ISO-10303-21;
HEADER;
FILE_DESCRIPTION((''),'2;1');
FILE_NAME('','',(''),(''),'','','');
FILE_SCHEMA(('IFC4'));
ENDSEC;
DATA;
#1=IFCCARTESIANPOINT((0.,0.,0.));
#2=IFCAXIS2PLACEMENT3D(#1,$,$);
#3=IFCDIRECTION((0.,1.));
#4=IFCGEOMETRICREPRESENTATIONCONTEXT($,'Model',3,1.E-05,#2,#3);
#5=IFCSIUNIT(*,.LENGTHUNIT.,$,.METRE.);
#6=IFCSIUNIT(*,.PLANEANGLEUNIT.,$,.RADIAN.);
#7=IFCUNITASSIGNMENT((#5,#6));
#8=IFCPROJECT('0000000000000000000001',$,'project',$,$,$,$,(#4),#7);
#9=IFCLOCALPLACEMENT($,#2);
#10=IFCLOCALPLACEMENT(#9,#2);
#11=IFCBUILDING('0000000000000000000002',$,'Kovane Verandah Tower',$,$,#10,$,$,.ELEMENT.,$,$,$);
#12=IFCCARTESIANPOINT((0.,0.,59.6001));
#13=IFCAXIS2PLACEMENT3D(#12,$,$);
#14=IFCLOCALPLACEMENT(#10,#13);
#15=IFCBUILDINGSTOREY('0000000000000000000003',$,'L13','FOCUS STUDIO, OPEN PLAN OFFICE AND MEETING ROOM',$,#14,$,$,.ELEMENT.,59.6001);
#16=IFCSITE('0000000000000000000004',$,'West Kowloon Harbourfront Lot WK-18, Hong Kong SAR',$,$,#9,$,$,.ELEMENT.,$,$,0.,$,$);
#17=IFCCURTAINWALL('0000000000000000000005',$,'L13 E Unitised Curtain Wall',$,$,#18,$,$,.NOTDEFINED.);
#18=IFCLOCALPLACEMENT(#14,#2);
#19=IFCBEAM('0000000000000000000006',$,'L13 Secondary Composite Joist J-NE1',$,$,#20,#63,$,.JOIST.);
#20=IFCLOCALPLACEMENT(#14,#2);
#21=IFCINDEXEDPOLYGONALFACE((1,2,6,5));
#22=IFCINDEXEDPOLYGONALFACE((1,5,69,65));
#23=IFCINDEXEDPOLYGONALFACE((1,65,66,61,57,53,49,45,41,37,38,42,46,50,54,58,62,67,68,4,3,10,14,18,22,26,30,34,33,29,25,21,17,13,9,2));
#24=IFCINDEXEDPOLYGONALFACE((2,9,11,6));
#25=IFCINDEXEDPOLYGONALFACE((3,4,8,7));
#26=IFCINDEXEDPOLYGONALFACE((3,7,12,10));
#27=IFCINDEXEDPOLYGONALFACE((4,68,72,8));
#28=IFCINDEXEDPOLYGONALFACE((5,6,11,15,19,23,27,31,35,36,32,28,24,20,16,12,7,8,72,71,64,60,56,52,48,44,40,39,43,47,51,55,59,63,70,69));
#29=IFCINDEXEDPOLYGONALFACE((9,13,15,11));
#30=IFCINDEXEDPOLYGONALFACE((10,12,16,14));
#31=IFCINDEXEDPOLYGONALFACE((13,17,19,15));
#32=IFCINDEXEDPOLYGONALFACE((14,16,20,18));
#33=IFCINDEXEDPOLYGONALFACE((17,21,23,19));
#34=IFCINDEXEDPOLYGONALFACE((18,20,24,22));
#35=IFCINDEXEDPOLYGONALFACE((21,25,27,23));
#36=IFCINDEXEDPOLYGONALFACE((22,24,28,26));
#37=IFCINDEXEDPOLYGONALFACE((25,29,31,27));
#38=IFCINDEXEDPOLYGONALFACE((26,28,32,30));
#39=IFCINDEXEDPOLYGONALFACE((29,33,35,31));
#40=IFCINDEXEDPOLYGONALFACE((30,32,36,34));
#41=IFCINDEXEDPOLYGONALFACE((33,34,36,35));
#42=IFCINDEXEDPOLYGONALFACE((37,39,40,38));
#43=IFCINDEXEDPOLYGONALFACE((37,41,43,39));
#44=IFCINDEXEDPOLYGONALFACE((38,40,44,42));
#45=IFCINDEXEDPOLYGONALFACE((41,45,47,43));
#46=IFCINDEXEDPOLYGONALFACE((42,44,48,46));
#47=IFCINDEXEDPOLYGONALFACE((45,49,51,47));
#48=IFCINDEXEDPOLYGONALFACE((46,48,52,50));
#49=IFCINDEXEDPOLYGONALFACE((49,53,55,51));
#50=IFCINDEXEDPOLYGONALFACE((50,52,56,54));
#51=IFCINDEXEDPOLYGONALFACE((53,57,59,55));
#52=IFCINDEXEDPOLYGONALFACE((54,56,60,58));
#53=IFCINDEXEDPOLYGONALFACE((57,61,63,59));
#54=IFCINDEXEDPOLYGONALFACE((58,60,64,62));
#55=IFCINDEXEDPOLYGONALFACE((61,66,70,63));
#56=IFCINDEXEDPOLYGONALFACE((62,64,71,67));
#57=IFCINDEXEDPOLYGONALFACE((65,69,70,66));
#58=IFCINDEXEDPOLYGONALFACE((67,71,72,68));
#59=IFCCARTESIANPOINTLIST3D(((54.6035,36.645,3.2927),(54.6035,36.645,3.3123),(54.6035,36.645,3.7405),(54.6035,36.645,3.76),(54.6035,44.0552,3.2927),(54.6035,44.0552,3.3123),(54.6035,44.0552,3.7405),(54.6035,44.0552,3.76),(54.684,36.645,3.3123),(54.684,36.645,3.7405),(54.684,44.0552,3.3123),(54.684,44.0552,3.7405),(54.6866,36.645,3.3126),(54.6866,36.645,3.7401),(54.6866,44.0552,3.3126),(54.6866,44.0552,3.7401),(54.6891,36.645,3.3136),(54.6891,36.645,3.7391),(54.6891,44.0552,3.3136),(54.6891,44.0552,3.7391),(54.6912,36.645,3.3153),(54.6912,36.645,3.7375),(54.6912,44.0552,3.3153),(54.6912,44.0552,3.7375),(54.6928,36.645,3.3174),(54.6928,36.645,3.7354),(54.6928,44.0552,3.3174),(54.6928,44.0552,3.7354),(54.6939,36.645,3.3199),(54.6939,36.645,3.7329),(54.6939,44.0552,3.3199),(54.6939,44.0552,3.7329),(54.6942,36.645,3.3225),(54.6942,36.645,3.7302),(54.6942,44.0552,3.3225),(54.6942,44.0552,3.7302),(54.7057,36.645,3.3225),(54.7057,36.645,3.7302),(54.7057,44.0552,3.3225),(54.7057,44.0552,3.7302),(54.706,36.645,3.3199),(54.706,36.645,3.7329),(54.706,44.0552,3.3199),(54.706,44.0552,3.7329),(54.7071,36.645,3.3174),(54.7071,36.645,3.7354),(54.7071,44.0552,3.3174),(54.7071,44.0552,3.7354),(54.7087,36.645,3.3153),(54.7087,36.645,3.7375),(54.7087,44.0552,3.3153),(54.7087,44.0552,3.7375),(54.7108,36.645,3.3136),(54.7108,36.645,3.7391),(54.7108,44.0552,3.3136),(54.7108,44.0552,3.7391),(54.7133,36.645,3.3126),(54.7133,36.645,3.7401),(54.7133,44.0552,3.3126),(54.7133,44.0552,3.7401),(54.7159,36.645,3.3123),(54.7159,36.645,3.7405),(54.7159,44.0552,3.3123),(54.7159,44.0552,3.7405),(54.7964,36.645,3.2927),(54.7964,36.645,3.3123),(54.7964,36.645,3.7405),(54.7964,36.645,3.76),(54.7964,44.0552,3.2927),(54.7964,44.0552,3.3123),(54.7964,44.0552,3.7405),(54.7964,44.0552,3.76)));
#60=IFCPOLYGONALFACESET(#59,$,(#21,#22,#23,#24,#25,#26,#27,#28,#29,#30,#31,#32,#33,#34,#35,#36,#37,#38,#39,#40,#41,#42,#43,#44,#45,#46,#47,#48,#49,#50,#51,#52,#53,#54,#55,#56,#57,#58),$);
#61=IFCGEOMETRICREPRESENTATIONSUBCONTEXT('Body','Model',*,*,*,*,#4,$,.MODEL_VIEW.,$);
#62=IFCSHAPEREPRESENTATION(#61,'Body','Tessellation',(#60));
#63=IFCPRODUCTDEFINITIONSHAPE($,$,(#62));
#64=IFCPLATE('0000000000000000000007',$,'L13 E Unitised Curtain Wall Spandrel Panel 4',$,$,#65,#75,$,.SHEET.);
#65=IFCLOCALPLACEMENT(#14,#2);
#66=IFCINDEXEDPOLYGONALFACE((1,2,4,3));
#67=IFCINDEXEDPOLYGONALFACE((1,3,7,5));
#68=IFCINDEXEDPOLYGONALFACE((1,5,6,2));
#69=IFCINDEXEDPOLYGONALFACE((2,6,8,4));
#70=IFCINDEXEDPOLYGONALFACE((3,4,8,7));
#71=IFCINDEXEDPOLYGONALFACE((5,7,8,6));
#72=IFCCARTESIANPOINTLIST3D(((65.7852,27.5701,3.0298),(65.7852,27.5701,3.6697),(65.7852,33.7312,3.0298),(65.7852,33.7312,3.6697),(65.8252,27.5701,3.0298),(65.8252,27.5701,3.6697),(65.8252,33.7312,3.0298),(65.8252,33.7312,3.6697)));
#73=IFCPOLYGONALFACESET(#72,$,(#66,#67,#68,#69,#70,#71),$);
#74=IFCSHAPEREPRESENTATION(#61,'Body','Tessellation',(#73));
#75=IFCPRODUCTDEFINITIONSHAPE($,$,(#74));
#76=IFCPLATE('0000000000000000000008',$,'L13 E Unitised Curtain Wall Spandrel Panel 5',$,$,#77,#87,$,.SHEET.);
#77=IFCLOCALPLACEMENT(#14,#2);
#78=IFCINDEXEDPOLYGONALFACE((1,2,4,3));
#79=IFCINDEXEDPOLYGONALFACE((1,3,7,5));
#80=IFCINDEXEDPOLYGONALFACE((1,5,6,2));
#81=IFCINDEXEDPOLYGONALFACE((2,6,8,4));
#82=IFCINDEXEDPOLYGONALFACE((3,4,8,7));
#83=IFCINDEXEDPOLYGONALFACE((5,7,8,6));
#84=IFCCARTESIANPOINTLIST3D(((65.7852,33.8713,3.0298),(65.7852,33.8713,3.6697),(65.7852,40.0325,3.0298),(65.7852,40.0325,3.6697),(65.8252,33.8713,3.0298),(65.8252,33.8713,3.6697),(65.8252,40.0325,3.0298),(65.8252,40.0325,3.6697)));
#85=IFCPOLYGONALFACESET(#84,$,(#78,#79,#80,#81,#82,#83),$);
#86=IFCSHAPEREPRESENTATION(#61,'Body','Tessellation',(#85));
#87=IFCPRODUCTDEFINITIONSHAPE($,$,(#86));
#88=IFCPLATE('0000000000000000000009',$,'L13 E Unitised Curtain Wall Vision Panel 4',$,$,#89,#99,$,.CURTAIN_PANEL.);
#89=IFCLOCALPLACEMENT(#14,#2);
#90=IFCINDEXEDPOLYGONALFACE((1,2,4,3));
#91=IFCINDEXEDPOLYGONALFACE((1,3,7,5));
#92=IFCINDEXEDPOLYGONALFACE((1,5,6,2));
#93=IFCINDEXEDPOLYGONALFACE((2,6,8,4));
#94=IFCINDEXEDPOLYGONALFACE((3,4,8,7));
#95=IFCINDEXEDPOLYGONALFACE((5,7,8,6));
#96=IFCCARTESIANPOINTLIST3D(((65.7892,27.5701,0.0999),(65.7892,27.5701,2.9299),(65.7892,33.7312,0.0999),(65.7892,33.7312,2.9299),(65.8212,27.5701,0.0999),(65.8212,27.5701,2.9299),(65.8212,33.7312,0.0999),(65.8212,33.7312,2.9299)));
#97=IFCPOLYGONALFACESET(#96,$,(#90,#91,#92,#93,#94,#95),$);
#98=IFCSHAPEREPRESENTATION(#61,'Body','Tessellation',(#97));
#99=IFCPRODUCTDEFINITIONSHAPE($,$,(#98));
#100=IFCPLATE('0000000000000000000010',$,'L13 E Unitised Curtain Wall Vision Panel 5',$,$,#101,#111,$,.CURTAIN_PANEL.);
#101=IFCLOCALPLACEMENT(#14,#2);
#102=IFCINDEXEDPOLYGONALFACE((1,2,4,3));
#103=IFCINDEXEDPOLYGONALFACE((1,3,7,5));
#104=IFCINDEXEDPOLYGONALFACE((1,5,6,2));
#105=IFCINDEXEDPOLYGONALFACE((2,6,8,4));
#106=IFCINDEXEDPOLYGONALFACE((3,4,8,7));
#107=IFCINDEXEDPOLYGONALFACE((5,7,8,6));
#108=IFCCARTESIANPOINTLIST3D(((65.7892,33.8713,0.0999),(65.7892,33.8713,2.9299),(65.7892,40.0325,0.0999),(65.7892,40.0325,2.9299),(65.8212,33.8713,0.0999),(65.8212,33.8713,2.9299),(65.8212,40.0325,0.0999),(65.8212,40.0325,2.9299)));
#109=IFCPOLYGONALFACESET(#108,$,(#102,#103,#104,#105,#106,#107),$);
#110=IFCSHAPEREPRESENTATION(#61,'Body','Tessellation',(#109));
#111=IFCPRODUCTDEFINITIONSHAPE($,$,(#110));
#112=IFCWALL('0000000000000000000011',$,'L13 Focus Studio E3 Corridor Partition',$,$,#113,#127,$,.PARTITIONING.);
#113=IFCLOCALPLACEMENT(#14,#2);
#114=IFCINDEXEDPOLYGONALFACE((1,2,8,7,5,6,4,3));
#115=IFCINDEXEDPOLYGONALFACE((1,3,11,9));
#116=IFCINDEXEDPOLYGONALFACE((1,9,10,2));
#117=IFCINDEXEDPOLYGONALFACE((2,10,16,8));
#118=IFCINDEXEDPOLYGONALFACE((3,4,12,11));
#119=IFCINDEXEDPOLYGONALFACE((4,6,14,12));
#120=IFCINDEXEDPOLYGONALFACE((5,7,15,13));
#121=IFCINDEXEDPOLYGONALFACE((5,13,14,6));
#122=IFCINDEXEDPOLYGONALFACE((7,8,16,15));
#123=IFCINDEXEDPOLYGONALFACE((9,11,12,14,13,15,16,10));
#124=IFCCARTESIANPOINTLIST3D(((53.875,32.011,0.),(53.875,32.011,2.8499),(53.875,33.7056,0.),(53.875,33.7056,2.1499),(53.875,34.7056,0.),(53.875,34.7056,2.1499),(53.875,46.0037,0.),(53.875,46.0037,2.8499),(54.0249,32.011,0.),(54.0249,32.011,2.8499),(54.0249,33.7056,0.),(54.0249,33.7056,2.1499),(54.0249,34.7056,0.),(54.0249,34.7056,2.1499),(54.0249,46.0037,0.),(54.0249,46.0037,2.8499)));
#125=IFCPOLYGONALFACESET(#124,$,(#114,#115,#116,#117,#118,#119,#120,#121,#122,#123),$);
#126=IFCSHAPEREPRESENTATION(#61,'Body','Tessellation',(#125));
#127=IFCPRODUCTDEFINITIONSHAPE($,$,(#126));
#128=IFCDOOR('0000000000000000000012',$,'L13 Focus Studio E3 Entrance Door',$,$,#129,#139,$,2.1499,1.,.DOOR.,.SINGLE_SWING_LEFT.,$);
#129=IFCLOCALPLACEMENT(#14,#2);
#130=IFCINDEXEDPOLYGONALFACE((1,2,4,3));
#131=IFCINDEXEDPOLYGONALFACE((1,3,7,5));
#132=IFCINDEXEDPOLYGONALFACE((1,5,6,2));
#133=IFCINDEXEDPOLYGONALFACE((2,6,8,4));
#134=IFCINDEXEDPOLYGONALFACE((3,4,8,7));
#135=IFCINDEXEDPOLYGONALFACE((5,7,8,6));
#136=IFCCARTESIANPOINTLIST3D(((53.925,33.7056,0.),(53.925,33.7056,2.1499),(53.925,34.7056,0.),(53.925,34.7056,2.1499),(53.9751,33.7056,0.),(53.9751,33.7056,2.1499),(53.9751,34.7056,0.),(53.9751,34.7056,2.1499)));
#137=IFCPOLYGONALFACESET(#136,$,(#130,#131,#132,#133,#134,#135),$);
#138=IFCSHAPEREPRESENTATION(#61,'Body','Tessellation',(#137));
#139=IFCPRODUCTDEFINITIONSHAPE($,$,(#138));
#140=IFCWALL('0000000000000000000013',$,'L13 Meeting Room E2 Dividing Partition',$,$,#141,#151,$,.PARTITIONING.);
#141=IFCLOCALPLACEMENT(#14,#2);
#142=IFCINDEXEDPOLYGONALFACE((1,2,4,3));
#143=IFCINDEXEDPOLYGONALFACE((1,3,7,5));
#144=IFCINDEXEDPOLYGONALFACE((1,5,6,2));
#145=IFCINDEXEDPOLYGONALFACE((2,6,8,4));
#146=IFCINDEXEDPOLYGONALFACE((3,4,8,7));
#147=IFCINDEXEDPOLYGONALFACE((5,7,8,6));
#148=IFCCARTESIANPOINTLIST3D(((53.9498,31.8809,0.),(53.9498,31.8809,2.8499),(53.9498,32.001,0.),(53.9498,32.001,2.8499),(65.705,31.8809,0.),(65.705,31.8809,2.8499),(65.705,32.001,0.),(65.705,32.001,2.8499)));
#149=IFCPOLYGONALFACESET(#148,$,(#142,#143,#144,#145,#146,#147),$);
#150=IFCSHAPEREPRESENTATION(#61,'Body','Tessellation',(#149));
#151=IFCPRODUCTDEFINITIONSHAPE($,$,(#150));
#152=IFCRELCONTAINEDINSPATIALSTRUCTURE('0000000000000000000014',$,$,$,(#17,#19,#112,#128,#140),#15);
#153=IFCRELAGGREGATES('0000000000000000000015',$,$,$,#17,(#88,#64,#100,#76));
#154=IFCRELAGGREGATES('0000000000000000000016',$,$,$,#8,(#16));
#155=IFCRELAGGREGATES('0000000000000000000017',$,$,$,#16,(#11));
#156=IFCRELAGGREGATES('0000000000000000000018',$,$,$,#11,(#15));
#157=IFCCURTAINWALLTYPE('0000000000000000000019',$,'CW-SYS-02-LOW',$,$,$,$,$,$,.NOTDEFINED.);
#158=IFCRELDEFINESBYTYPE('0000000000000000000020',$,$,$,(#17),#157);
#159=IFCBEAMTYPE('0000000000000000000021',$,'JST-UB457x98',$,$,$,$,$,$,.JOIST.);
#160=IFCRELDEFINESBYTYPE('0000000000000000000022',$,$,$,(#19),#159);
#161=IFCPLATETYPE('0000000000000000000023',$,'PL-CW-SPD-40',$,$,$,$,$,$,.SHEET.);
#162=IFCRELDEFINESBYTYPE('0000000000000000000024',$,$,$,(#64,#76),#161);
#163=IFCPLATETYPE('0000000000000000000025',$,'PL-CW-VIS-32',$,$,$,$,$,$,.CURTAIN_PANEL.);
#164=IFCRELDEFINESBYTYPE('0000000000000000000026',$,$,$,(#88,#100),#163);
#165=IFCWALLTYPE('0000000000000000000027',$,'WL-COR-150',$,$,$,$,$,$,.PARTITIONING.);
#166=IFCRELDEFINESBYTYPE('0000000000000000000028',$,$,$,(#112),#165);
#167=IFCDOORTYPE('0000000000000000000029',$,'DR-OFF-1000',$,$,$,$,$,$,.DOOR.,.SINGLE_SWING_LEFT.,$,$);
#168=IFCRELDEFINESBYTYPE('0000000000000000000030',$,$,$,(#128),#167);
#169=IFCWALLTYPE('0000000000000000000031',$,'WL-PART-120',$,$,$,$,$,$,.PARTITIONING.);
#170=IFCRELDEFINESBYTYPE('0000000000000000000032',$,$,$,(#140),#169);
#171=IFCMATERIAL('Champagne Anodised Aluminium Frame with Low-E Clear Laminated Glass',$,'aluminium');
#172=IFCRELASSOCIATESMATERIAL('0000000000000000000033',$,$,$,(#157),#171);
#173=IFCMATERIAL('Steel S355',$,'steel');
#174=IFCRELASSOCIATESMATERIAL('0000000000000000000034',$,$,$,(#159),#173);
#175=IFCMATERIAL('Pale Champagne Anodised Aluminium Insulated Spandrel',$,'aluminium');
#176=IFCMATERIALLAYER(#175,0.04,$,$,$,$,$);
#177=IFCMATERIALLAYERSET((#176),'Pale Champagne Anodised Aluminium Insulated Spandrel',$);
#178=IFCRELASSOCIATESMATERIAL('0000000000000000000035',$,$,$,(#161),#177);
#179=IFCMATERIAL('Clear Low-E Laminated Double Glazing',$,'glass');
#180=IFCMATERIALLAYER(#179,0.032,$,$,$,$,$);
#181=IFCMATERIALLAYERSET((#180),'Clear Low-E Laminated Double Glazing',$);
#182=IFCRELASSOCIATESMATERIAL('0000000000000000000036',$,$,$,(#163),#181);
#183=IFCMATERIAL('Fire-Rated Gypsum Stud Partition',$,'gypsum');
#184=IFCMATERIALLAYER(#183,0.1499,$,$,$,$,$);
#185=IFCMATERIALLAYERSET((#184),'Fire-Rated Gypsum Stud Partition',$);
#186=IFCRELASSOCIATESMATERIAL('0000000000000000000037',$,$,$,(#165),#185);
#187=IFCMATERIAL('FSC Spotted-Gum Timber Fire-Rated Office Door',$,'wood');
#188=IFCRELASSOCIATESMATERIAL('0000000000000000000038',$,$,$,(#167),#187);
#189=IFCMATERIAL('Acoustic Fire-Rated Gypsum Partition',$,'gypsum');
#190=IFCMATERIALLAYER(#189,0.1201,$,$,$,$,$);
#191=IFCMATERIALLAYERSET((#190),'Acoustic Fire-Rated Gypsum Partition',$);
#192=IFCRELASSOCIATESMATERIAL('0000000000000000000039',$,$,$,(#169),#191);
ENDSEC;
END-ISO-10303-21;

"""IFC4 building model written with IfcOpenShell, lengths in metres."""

from ifc_helpers import new_model, si_unit, direction, frame, frame_2d, origin, origin_2d, place, context, subcontext, project, spatial, rectangle, i_section, extrude, material, layer, layer_set, material_profile, profile_set, type_object, element, fill, aggregate, save


model = new_model("IFC4")

# Units and contexts
model_context = context("Model", 3, precision=1e-05, world=origin(), true_north=direction((0.0, 1.0)))
body_context = subcontext(model_context, "Body", "Model", "MODEL_VIEW")
ifc_project = project(units=[si_unit("LENGTHUNIT", "METRE"), si_unit("PLANEANGLEUNIT", "RADIAN")], contexts=[model_context])

# Site, building, storey
site_placement = place(None, origin())
site = spatial("IfcSite", under=ifc_project, at=site_placement, Name="West Kowloon Harbourfront Lot WK-18, Hong Kong SAR", CompositionType="ELEMENT", RefElevation=0.0)
building_placement = place(site_placement, origin())
building = spatial("IfcBuilding", under=site, at=building_placement, Name="Kovane Verandah Tower", CompositionType="ELEMENT")
storey_placement = place(building_placement, frame((0.0, 0.0, 59.6001)))
storey = spatial("IfcBuildingStorey", under=building, at=storey_placement, Name="L13", Description="FOCUS STUDIO, OPEN PLAN OFFICE AND MEETING ROOM", CompositionType="ELEMENT", Elevation=59.6001)

# Shared definitions
ifc_material_1 = material(Name="Steel S355", Category="steel")

# Curtain wall
ifc_material_2 = material(Name="Champagne Anodised Aluminium Frame with Low-E Clear Laminated Glass", Category="aluminium")
curtain_wall_type = type_object("IfcCurtainWallType", Name="CW-SYS-02-LOW", PredefinedType="NOTDEFINED", material=ifc_material_2)
curtain_wall_placement = place(storey_placement, origin())
curtain_wall = element("IfcCurtainWall", 1, at=curtain_wall_placement, inside=storey, type_object=curtain_wall_type, Name="L13 E Unitised Curtain Wall", PredefinedType="NOTDEFINED")

# Beam
ifc_material_profile_1 = material_profile(ifc_material_1, i_section(OverallWidth=0.1929, OverallDepth=0.4673, WebThickness=0.0115, FlangeThickness=0.0195, FilletRadius=0.0103, at=origin_2d()), Name="UB457x191x98")
ifc_profile_set_1 = profile_set([ifc_material_profile_1], Name="Steel S355")
beam_type_1 = type_object("IfcBeamType", Name="JST-UB457x98", PredefinedType="JOIST", material=ifc_profile_set_1)
beam_1_placement = place(storey_placement, frame((54.7, 36.645, 3.5264), z_axis=(0.0, 1.0, 0.0), x_axis=(-1.0, 0.0, 0.0)))
element("IfcBeam", 2, at=beam_1_placement, inside=storey, type_object=beam_type_1, Name="L13 Secondary Composite Joist J-NE1", PredefinedType="JOIST", context=body_context, shape_type="SweptSolid", body=[
    extrude(i_section(OverallWidth=0.1929, OverallDepth=0.4673, WebThickness=0.0115, FlangeThickness=0.0195, FilletRadius=0.0103, at=origin_2d()), origin(), (0.0, 0.0, 1.0), 7.4102),
])

# Plates
ifc_material_3 = material(Name="Pale Champagne Anodised Aluminium Insulated Spandrel", Category="aluminium")
ifc_layer_1 = layer(ifc_material_3, 0.04)
ifc_layer_set_1 = layer_set([ifc_layer_1], Name="Pale Champagne Anodised Aluminium Insulated Spandrel")
plate_type_1 = type_object("IfcPlateType", Name="PL-CW-SPD-40", PredefinedType="SHEET", material=ifc_layer_set_1)
plate_1_placement = place(storey_placement, frame((65.8052, 30.6506, 3.0298), z_axis=(0.0, 0.0, 1.0), x_axis=(0.0, 1.0, 0.0)))
plate_1 = element("IfcPlate", 3, at=plate_1_placement, type_object=plate_type_1, Name="L13 E Unitised Curtain Wall Spandrel Panel 4", PredefinedType="SHEET", context=body_context, shape_type="SweptSolid", body=[
    extrude(rectangle(XDim=6.1611, YDim=0.04, at=origin_2d()), origin(), (0.0, 0.0, 1.0), 0.6399),
])
plate_2_placement = place(storey_placement, frame((65.8052, 36.9519, 3.0298), z_axis=(0.0, 0.0, 1.0), x_axis=(0.0, 1.0, 0.0)))
plate_2 = element("IfcPlate", 4, at=plate_2_placement, type_object=plate_type_1, Name="L13 E Unitised Curtain Wall Spandrel Panel 5", PredefinedType="SHEET", context=body_context, shape_type="SweptSolid", body=[
    extrude(rectangle(XDim=6.1611, YDim=0.04, at=origin_2d()), origin(), (0.0, 0.0, 1.0), 0.6399),
])
ifc_material_4 = material(Name="Clear Low-E Laminated Double Glazing", Category="glass")
ifc_layer_2 = layer(ifc_material_4, 0.032)
ifc_layer_set_2 = layer_set([ifc_layer_2], Name="Clear Low-E Laminated Double Glazing")
plate_type_2 = type_object("IfcPlateType", Name="PL-CW-VIS-32", PredefinedType="CURTAIN_PANEL", material=ifc_layer_set_2)
plate_3_placement = place(storey_placement, frame((65.8052, 30.6506, 0.0999), z_axis=(0.0, 0.0, 1.0), x_axis=(0.0, 1.0, 0.0)))
plate_3 = element("IfcPlate", 5, at=plate_3_placement, type_object=plate_type_2, Name="L13 E Unitised Curtain Wall Vision Panel 4", PredefinedType="CURTAIN_PANEL", context=body_context, shape_type="SweptSolid", body=[
    extrude(rectangle(XDim=6.1611, YDim=0.032, at=origin_2d()), origin(), (0.0, 0.0, 1.0), 2.8301),
])
plate_4_placement = place(storey_placement, frame((65.8052, 36.9519, 0.0999), z_axis=(0.0, 0.0, 1.0), x_axis=(0.0, 1.0, 0.0)))
plate_4 = element("IfcPlate", 6, at=plate_4_placement, type_object=plate_type_2, Name="L13 E Unitised Curtain Wall Vision Panel 5", PredefinedType="CURTAIN_PANEL", context=body_context, shape_type="SweptSolid", body=[
    extrude(rectangle(XDim=6.1611, YDim=0.032, at=origin_2d()), origin(), (0.0, 0.0, 1.0), 2.8301),
])
aggregate(curtain_wall, [plate_3, plate_1, plate_4, plate_2])

# Wall, opening, door
ifc_material_5 = material(Name="Fire-Rated Gypsum Stud Partition", Category="gypsum")
ifc_layer_3 = layer(ifc_material_5, 0.1499)
ifc_layer_set_3 = layer_set([ifc_layer_3], Name="Fire-Rated Gypsum Stud Partition")
wall_type_1 = type_object("IfcWallType", Name="WL-COR-150", PredefinedType="PARTITIONING", material=ifc_layer_set_3)
wall_1_placement = place(storey_placement, frame((53.95, 32.011, 0.0), z_axis=(0.0, 0.0, 1.0), x_axis=(0.0, 1.0, 0.0)))
wall_1 = element("IfcWall", 7, at=wall_1_placement, inside=storey, type_object=wall_type_1, Name="L13 Focus Studio E3 Corridor Partition", PredefinedType="PARTITIONING", context=body_context, shape_type="SweptSolid", body=[
    extrude(rectangle(XDim=13.9927, YDim=0.1499, at=frame_2d((6.9963, 0.0))), origin(), (0.0, 0.0, 1.0), 2.8499),
])
opening_placement = place(wall_1_placement, frame((1.6946, 0.0, 0.0)))
opening = element("IfcOpeningElement", 8, at=opening_placement, cuts=wall_1, PredefinedType="OPENING", context=body_context, shape_type="SweptSolid", body=[
    extrude(rectangle(XDim=1.0, YDim=2.1499, at=frame_2d((0.5, 1.075))), frame((0.0, 0.075, 0.0), z_axis=(0.0, -1.0, 0.0), x_axis=(1.0, 0.0, 0.0)), (0.0, 0.0, 1.0), 0.1499),
])
ifc_material_6 = material(Name="FSC Spotted-Gum Timber Fire-Rated Office Door", Category="wood")
door_type = type_object("IfcDoorType", Name="DR-OFF-1000", OperationType="SINGLE_SWING_LEFT", PredefinedType="DOOR", material=ifc_material_6)
door_placement = place(opening_placement, origin())
door = element("IfcDoor", 9, at=door_placement, inside=storey, type_object=door_type, Name="L13 Focus Studio E3 Entrance Door", OperationType="SINGLE_SWING_LEFT", OverallHeight=2.1499, OverallWidth=1.0, PredefinedType="DOOR", context=body_context, shape_type="SweptSolid", body=[
    extrude(rectangle(XDim=1.0, YDim=2.1499, at=frame_2d((0.5, 1.075))), frame((0.0, 0.0249, 0.0), z_axis=(0.0, -1.0, 0.0), x_axis=(1.0, 0.0, 0.0)), (0.0, 0.0, 1.0), 0.05),
])
fill(opening, door)

# Wall
ifc_material_7 = material(Name="Acoustic Fire-Rated Gypsum Partition", Category="gypsum")
ifc_layer_4 = layer(ifc_material_7, 0.1201)
ifc_layer_set_4 = layer_set([ifc_layer_4], Name="Acoustic Fire-Rated Gypsum Partition")
wall_type_2 = type_object("IfcWallType", Name="WL-PART-120", PredefinedType="PARTITIONING", material=ifc_layer_set_4)
wall_2_placement = place(storey_placement, frame((53.95, 31.9409, 0.0), z_axis=(0.0, 0.0, 1.0), x_axis=(1.0, 0.0, 0.0)))
element("IfcWall", 10, at=wall_2_placement, inside=storey, type_object=wall_type_2, Name="L13 Meeting Room E2 Dividing Partition", PredefinedType="PARTITIONING", context=body_context, shape_type="SweptSolid", body=[
    extrude(rectangle(XDim=11.7551, YDim=0.1201, at=frame_2d((5.8774, 0.0))), origin(), (0.0, 0.0, 1.0), 2.8499),
])

save(model, "model.ifc")
